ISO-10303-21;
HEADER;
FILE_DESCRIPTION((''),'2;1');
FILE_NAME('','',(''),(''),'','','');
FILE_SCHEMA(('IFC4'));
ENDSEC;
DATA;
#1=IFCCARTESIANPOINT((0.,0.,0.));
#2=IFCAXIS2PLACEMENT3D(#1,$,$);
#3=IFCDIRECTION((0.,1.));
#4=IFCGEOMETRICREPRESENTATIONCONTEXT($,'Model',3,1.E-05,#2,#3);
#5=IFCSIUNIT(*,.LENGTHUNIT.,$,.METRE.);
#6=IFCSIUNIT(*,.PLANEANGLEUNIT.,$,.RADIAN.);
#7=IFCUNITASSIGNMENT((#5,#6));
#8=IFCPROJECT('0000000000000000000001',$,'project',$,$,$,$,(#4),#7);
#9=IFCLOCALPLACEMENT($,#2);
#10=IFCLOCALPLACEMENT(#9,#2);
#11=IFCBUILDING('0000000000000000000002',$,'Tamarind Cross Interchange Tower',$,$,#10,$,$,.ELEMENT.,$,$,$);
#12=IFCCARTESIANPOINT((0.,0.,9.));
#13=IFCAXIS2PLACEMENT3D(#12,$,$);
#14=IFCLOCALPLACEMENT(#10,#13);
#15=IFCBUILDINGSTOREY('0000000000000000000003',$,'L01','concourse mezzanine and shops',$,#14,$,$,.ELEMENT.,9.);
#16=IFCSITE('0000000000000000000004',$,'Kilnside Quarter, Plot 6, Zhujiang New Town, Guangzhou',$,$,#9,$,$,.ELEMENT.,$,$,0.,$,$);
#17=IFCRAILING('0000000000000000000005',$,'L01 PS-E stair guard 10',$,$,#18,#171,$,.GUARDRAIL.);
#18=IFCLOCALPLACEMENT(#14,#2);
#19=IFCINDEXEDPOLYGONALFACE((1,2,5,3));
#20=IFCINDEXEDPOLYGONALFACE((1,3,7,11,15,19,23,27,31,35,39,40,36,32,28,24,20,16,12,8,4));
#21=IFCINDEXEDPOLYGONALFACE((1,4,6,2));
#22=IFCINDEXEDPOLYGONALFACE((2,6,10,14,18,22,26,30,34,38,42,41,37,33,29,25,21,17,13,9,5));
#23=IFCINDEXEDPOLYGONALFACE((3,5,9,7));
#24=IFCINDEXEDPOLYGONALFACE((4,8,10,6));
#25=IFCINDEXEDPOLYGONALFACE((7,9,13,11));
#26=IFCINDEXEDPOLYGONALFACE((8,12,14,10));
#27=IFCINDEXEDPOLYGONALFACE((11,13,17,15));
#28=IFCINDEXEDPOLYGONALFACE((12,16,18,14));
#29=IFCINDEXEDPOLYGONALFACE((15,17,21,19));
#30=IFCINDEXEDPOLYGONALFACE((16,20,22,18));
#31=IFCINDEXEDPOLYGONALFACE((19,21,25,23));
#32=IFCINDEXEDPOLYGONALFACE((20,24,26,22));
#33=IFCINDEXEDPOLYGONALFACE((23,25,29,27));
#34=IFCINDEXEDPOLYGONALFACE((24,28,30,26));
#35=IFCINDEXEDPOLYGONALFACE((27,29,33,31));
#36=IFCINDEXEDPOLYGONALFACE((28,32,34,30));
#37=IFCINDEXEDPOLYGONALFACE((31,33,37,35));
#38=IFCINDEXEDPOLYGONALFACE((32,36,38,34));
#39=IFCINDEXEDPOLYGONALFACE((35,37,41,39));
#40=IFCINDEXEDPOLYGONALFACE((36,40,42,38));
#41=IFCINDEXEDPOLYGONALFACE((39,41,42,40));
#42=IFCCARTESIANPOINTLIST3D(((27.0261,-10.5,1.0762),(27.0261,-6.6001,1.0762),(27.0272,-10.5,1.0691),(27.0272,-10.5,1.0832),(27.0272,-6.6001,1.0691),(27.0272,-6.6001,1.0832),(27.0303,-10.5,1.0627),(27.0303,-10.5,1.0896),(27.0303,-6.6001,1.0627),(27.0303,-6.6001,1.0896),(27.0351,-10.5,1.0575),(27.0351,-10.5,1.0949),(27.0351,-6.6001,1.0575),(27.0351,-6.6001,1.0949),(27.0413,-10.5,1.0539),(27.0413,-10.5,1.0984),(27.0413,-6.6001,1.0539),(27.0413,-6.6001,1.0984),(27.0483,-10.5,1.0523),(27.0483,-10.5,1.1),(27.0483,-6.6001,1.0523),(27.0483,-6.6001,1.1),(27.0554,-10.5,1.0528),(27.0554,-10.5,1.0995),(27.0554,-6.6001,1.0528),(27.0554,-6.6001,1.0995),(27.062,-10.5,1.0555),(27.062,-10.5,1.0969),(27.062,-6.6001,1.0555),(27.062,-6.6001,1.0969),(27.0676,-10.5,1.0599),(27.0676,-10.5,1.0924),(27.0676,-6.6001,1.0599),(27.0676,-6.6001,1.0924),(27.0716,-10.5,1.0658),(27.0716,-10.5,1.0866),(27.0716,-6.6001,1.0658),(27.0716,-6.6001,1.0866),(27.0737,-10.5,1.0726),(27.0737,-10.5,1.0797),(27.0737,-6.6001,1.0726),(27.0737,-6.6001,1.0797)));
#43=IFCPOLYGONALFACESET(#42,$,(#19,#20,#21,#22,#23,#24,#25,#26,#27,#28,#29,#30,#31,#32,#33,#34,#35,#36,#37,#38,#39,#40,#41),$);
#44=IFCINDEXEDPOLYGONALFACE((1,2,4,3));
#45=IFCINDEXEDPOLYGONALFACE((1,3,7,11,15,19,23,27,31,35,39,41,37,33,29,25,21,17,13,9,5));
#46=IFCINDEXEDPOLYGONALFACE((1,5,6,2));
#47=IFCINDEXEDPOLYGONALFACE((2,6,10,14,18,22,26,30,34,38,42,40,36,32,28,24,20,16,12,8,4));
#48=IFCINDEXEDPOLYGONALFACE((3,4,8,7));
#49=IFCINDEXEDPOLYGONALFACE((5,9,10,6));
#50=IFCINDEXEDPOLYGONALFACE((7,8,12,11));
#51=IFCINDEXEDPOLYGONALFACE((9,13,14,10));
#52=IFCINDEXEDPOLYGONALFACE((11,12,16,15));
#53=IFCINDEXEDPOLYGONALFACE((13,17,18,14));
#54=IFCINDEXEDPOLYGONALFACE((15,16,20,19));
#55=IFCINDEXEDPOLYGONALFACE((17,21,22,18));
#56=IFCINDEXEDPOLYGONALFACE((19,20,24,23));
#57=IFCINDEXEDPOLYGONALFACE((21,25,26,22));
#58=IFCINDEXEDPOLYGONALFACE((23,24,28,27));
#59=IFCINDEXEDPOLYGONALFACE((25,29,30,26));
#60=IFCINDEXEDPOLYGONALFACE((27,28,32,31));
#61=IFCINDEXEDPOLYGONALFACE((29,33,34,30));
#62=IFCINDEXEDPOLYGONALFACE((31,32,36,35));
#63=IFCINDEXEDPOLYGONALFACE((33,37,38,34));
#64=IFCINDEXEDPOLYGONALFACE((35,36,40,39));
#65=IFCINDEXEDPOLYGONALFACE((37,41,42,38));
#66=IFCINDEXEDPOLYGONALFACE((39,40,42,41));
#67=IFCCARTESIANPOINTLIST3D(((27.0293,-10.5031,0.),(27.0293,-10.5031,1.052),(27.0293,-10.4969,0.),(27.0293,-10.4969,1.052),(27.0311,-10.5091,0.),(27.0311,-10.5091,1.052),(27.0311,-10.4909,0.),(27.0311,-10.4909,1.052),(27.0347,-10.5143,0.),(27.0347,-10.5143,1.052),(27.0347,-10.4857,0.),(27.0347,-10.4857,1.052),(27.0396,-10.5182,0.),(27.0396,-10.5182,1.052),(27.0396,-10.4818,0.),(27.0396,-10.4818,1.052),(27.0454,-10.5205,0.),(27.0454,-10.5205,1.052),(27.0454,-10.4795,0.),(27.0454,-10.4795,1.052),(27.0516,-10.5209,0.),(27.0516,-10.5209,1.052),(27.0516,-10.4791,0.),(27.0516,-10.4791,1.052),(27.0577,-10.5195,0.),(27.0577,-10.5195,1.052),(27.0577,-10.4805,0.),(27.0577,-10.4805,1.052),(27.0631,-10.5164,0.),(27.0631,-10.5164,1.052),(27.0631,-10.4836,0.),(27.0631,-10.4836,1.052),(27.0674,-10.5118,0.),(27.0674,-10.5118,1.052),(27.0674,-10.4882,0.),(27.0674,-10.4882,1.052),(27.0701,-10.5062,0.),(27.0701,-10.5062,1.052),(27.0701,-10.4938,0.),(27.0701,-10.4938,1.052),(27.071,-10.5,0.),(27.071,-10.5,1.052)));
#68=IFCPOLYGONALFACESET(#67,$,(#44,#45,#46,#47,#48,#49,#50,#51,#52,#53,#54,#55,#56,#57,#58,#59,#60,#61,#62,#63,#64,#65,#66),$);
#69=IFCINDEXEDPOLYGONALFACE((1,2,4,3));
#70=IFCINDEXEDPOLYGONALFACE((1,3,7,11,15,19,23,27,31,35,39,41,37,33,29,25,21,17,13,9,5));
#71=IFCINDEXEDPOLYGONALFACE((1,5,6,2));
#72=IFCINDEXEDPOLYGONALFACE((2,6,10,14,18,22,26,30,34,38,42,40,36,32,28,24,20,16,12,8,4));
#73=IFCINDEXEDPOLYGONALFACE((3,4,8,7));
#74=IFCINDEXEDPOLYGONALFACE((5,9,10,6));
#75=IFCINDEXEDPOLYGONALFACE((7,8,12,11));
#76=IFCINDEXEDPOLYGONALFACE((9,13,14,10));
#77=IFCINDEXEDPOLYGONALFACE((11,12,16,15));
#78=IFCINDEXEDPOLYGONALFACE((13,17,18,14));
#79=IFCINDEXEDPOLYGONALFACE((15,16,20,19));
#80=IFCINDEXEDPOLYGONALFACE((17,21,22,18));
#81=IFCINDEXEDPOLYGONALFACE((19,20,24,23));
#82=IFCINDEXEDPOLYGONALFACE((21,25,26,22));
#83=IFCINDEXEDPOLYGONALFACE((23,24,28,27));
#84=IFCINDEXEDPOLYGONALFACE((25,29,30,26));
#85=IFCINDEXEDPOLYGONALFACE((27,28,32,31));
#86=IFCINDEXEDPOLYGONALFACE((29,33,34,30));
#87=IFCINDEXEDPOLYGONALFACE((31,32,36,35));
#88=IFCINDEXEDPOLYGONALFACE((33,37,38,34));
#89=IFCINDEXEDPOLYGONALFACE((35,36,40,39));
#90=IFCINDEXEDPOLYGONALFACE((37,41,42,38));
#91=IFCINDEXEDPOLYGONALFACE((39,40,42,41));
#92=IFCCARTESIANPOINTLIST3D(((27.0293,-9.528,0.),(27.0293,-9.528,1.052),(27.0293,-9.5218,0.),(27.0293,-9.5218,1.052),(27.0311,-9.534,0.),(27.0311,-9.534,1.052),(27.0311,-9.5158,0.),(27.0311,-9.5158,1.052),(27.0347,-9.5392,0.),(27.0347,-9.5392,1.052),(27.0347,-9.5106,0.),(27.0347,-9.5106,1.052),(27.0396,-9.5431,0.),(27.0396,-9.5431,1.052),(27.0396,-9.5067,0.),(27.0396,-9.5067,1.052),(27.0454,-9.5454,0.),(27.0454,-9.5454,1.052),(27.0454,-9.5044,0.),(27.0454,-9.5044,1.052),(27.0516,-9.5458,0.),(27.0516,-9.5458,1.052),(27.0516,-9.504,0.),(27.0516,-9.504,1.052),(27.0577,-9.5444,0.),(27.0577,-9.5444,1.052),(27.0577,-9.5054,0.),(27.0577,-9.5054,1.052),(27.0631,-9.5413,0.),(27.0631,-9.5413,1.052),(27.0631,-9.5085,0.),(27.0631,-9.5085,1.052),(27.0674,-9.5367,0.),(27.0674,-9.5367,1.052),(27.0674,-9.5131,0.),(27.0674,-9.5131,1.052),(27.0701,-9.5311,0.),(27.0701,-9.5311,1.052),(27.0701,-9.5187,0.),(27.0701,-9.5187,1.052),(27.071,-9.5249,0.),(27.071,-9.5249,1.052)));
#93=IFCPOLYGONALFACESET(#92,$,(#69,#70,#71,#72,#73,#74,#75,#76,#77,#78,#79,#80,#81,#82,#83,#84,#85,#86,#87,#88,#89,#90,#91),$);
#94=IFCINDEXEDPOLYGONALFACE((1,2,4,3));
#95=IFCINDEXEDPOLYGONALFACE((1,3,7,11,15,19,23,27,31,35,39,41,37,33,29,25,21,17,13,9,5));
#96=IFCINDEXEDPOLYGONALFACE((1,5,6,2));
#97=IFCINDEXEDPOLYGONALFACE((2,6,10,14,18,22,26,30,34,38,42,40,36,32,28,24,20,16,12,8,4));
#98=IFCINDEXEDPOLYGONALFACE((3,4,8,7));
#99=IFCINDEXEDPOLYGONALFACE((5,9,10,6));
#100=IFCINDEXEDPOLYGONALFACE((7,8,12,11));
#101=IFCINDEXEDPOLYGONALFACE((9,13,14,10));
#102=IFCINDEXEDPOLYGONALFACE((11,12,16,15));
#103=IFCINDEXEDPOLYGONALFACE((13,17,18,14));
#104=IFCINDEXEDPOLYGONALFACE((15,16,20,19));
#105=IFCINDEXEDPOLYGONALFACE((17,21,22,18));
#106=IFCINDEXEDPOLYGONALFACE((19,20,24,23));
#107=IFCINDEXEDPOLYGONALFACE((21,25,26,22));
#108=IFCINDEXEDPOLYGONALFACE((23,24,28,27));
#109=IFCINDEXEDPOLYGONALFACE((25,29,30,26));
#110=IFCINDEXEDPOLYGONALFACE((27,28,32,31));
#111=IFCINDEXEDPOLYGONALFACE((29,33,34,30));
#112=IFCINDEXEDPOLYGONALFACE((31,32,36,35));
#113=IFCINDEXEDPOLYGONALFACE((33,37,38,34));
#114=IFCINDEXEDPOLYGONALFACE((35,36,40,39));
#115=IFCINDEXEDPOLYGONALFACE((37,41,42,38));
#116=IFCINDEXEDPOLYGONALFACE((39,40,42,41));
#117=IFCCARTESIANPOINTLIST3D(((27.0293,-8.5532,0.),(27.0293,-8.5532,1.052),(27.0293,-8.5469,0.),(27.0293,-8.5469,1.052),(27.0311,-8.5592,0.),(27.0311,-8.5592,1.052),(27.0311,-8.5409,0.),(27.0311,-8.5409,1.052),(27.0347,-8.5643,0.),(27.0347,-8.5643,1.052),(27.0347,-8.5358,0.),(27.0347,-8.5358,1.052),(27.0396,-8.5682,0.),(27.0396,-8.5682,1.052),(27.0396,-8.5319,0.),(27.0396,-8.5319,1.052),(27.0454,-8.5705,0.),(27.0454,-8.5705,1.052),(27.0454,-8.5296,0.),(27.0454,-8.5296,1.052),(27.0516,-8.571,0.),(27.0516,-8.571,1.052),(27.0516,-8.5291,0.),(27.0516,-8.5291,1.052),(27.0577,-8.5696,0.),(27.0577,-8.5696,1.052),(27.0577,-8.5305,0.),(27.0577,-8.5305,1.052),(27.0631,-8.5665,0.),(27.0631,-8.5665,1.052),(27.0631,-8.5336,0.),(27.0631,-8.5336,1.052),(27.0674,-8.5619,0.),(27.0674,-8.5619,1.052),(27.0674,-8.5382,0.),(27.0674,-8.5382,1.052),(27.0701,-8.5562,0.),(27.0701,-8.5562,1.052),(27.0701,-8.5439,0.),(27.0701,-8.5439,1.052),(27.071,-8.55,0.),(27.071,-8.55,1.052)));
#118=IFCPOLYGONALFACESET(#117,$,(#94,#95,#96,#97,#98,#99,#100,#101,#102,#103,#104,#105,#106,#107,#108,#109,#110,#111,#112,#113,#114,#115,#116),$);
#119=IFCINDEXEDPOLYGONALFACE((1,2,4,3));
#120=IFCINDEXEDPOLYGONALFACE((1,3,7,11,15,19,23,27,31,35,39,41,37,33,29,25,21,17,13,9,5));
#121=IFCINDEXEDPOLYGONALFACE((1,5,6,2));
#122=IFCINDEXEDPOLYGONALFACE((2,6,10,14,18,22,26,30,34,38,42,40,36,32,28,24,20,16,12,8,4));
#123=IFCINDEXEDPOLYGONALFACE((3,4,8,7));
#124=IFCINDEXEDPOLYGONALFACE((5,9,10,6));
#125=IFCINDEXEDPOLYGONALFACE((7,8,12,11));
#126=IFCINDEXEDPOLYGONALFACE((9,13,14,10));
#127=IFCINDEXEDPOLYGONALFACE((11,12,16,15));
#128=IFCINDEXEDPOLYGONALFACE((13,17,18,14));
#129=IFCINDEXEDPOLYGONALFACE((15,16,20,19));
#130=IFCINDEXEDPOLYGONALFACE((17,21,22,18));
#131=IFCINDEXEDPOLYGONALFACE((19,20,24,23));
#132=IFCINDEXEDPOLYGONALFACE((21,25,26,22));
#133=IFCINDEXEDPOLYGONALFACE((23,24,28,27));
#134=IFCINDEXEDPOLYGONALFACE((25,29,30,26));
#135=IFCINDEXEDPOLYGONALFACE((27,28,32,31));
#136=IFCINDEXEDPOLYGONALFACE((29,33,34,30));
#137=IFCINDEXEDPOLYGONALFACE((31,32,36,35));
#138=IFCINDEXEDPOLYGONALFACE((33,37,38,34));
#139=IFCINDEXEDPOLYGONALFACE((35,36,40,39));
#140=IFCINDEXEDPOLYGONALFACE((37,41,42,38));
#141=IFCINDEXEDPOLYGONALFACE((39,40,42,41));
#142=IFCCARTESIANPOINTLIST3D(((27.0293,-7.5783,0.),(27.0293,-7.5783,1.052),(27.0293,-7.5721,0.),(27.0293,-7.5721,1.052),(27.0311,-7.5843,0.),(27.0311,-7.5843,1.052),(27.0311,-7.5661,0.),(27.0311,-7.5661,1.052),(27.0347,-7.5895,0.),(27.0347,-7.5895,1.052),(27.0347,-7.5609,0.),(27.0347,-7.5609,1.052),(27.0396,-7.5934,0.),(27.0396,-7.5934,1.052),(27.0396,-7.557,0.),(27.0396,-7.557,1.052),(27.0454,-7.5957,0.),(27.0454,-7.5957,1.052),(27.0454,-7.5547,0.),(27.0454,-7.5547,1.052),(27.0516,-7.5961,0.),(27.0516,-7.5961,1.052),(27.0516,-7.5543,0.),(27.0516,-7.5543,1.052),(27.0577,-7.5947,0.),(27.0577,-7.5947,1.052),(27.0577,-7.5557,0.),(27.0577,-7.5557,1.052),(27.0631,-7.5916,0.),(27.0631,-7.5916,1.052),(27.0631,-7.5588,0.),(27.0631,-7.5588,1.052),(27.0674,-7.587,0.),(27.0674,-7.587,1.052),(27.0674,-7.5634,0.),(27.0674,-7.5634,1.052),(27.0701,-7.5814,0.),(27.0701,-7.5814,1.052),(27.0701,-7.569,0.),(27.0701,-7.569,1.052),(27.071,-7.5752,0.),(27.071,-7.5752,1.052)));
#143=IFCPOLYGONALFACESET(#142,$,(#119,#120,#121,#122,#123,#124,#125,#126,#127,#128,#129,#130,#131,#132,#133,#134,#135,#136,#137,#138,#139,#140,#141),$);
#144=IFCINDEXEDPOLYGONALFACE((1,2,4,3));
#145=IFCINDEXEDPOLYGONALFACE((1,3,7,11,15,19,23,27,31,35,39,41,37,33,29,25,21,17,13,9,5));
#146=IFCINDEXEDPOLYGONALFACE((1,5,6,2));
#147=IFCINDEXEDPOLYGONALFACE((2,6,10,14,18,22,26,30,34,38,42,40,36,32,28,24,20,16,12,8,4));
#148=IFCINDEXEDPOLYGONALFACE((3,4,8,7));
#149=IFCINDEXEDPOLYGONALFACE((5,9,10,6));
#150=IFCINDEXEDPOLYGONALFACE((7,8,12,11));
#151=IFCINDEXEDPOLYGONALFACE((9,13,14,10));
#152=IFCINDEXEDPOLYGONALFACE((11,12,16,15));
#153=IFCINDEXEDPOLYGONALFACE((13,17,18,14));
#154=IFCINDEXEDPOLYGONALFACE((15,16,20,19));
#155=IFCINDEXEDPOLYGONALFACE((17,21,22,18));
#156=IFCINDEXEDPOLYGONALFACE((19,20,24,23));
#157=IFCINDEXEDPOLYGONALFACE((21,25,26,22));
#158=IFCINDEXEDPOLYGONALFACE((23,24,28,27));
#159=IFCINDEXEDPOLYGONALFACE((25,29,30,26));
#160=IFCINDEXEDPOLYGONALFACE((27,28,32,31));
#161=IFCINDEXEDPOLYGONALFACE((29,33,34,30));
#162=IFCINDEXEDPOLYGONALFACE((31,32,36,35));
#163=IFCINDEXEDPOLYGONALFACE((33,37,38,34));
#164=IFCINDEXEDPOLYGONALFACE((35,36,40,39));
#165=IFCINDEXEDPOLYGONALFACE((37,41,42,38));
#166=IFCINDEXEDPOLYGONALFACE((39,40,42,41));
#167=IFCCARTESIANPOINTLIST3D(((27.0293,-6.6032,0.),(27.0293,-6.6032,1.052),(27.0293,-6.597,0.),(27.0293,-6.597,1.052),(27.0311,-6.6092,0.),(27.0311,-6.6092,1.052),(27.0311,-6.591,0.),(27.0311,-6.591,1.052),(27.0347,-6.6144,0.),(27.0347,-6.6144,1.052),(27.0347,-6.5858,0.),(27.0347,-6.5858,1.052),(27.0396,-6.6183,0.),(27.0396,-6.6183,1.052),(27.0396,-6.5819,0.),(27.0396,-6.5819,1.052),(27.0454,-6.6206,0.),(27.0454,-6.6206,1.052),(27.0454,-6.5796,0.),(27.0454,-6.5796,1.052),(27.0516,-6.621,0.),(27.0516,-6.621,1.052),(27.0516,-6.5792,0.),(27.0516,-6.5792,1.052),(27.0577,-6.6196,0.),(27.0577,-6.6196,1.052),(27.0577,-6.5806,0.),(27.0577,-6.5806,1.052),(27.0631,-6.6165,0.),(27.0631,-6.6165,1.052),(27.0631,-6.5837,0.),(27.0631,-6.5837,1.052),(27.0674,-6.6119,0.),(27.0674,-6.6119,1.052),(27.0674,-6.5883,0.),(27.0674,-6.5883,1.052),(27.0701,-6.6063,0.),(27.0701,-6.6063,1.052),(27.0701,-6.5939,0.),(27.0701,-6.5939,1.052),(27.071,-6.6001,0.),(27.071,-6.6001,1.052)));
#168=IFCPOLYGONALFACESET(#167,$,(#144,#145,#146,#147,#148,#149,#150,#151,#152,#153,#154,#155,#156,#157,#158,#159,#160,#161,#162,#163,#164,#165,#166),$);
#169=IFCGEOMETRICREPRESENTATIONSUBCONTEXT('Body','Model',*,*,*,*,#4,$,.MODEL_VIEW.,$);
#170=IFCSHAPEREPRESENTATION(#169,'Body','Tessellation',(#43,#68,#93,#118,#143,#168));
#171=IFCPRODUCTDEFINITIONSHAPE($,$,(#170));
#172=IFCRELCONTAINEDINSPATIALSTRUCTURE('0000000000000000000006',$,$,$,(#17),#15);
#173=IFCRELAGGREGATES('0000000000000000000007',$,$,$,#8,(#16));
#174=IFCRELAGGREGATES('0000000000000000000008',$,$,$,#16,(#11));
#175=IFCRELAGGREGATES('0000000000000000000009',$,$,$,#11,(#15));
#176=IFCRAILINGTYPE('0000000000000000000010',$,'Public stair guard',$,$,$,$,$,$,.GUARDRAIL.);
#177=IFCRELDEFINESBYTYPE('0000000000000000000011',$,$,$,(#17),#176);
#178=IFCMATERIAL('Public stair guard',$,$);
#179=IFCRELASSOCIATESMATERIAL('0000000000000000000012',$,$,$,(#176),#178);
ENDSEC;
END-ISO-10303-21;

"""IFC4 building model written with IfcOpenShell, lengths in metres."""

from ifc_helpers import new_model, si_unit, direction, frame, origin, origin_2d, place, context, subcontext, project, spatial, circle, extrude, material, type_object, element, save


model = new_model("IFC4")

# Units and contexts
model_context = context("Model", 3, precision=1e-05, world=origin(), true_north=direction((0.0, 1.0)))
body_context = subcontext(model_context, "Body", "Model", "MODEL_VIEW")
ifc_project = project(units=[si_unit("LENGTHUNIT", "METRE"), si_unit("PLANEANGLEUNIT", "RADIAN")], contexts=[model_context])

# Site, building, storey
site_placement = place(None, origin())
site = spatial("IfcSite", under=ifc_project, at=site_placement, Name="Kilnside Quarter, Plot 6, Zhujiang New Town, Guangzhou", CompositionType="ELEMENT", RefElevation=0.0)
building_placement = place(site_placement, origin())
building = spatial("IfcBuilding", under=site, at=building_placement, Name="Tamarind Cross Interchange Tower", CompositionType="ELEMENT")
storey_placement = place(building_placement, frame((0.0, 0.0, 9.0)))
storey = spatial("IfcBuildingStorey", under=building, at=storey_placement, Name="L01", Description="concourse mezzanine and shops", CompositionType="ELEMENT", Elevation=9.0)

# Railing
ifc_material_1 = material(Name="Public stair guard")
railing_type_1 = type_object("IfcRailingType", Name="Public stair guard", PredefinedType="GUARDRAIL", material=ifc_material_1)
railing_1_placement = place(storey_placement, frame((27.05, -10.5, 0.0)))
element("IfcRailing", 1, at=railing_1_placement, inside=storey, type_object=railing_type_1, Name="L01 PS-E stair guard 10", PredefinedType="GUARDRAIL", context=body_context, shape_type="SweptSolid", body=[
    extrude(circle(Radius=0.0239, at=origin_2d()), frame((0.0, 0.0, 1.0762), z_axis=(0.0, 1.0, 0.0), x_axis=(-1.0, 0.0, 0.0)), (0.0, 0.0, 1.0), 3.8999),
    extrude(circle(Radius=0.021, at=origin_2d()), origin(), (0.0, 0.0, 1.0), 1.052),
    extrude(circle(Radius=0.021, at=origin_2d()), frame((0.0, 0.9751, 0.0)), (0.0, 0.0, 1.0), 1.052),
    extrude(circle(Radius=0.021, at=origin_2d()), frame((0.0, 1.95, 0.0)), (0.0, 0.0, 1.0), 1.052),
    extrude(circle(Radius=0.021, at=origin_2d()), frame((0.0, 2.9248, 0.0)), (0.0, 0.0, 1.0), 1.052),
    extrude(circle(Radius=0.021, at=origin_2d()), frame((0.0, 3.8999, 0.0)), (0.0, 0.0, 1.0), 1.052),
])

save(model, "model.ifc")
